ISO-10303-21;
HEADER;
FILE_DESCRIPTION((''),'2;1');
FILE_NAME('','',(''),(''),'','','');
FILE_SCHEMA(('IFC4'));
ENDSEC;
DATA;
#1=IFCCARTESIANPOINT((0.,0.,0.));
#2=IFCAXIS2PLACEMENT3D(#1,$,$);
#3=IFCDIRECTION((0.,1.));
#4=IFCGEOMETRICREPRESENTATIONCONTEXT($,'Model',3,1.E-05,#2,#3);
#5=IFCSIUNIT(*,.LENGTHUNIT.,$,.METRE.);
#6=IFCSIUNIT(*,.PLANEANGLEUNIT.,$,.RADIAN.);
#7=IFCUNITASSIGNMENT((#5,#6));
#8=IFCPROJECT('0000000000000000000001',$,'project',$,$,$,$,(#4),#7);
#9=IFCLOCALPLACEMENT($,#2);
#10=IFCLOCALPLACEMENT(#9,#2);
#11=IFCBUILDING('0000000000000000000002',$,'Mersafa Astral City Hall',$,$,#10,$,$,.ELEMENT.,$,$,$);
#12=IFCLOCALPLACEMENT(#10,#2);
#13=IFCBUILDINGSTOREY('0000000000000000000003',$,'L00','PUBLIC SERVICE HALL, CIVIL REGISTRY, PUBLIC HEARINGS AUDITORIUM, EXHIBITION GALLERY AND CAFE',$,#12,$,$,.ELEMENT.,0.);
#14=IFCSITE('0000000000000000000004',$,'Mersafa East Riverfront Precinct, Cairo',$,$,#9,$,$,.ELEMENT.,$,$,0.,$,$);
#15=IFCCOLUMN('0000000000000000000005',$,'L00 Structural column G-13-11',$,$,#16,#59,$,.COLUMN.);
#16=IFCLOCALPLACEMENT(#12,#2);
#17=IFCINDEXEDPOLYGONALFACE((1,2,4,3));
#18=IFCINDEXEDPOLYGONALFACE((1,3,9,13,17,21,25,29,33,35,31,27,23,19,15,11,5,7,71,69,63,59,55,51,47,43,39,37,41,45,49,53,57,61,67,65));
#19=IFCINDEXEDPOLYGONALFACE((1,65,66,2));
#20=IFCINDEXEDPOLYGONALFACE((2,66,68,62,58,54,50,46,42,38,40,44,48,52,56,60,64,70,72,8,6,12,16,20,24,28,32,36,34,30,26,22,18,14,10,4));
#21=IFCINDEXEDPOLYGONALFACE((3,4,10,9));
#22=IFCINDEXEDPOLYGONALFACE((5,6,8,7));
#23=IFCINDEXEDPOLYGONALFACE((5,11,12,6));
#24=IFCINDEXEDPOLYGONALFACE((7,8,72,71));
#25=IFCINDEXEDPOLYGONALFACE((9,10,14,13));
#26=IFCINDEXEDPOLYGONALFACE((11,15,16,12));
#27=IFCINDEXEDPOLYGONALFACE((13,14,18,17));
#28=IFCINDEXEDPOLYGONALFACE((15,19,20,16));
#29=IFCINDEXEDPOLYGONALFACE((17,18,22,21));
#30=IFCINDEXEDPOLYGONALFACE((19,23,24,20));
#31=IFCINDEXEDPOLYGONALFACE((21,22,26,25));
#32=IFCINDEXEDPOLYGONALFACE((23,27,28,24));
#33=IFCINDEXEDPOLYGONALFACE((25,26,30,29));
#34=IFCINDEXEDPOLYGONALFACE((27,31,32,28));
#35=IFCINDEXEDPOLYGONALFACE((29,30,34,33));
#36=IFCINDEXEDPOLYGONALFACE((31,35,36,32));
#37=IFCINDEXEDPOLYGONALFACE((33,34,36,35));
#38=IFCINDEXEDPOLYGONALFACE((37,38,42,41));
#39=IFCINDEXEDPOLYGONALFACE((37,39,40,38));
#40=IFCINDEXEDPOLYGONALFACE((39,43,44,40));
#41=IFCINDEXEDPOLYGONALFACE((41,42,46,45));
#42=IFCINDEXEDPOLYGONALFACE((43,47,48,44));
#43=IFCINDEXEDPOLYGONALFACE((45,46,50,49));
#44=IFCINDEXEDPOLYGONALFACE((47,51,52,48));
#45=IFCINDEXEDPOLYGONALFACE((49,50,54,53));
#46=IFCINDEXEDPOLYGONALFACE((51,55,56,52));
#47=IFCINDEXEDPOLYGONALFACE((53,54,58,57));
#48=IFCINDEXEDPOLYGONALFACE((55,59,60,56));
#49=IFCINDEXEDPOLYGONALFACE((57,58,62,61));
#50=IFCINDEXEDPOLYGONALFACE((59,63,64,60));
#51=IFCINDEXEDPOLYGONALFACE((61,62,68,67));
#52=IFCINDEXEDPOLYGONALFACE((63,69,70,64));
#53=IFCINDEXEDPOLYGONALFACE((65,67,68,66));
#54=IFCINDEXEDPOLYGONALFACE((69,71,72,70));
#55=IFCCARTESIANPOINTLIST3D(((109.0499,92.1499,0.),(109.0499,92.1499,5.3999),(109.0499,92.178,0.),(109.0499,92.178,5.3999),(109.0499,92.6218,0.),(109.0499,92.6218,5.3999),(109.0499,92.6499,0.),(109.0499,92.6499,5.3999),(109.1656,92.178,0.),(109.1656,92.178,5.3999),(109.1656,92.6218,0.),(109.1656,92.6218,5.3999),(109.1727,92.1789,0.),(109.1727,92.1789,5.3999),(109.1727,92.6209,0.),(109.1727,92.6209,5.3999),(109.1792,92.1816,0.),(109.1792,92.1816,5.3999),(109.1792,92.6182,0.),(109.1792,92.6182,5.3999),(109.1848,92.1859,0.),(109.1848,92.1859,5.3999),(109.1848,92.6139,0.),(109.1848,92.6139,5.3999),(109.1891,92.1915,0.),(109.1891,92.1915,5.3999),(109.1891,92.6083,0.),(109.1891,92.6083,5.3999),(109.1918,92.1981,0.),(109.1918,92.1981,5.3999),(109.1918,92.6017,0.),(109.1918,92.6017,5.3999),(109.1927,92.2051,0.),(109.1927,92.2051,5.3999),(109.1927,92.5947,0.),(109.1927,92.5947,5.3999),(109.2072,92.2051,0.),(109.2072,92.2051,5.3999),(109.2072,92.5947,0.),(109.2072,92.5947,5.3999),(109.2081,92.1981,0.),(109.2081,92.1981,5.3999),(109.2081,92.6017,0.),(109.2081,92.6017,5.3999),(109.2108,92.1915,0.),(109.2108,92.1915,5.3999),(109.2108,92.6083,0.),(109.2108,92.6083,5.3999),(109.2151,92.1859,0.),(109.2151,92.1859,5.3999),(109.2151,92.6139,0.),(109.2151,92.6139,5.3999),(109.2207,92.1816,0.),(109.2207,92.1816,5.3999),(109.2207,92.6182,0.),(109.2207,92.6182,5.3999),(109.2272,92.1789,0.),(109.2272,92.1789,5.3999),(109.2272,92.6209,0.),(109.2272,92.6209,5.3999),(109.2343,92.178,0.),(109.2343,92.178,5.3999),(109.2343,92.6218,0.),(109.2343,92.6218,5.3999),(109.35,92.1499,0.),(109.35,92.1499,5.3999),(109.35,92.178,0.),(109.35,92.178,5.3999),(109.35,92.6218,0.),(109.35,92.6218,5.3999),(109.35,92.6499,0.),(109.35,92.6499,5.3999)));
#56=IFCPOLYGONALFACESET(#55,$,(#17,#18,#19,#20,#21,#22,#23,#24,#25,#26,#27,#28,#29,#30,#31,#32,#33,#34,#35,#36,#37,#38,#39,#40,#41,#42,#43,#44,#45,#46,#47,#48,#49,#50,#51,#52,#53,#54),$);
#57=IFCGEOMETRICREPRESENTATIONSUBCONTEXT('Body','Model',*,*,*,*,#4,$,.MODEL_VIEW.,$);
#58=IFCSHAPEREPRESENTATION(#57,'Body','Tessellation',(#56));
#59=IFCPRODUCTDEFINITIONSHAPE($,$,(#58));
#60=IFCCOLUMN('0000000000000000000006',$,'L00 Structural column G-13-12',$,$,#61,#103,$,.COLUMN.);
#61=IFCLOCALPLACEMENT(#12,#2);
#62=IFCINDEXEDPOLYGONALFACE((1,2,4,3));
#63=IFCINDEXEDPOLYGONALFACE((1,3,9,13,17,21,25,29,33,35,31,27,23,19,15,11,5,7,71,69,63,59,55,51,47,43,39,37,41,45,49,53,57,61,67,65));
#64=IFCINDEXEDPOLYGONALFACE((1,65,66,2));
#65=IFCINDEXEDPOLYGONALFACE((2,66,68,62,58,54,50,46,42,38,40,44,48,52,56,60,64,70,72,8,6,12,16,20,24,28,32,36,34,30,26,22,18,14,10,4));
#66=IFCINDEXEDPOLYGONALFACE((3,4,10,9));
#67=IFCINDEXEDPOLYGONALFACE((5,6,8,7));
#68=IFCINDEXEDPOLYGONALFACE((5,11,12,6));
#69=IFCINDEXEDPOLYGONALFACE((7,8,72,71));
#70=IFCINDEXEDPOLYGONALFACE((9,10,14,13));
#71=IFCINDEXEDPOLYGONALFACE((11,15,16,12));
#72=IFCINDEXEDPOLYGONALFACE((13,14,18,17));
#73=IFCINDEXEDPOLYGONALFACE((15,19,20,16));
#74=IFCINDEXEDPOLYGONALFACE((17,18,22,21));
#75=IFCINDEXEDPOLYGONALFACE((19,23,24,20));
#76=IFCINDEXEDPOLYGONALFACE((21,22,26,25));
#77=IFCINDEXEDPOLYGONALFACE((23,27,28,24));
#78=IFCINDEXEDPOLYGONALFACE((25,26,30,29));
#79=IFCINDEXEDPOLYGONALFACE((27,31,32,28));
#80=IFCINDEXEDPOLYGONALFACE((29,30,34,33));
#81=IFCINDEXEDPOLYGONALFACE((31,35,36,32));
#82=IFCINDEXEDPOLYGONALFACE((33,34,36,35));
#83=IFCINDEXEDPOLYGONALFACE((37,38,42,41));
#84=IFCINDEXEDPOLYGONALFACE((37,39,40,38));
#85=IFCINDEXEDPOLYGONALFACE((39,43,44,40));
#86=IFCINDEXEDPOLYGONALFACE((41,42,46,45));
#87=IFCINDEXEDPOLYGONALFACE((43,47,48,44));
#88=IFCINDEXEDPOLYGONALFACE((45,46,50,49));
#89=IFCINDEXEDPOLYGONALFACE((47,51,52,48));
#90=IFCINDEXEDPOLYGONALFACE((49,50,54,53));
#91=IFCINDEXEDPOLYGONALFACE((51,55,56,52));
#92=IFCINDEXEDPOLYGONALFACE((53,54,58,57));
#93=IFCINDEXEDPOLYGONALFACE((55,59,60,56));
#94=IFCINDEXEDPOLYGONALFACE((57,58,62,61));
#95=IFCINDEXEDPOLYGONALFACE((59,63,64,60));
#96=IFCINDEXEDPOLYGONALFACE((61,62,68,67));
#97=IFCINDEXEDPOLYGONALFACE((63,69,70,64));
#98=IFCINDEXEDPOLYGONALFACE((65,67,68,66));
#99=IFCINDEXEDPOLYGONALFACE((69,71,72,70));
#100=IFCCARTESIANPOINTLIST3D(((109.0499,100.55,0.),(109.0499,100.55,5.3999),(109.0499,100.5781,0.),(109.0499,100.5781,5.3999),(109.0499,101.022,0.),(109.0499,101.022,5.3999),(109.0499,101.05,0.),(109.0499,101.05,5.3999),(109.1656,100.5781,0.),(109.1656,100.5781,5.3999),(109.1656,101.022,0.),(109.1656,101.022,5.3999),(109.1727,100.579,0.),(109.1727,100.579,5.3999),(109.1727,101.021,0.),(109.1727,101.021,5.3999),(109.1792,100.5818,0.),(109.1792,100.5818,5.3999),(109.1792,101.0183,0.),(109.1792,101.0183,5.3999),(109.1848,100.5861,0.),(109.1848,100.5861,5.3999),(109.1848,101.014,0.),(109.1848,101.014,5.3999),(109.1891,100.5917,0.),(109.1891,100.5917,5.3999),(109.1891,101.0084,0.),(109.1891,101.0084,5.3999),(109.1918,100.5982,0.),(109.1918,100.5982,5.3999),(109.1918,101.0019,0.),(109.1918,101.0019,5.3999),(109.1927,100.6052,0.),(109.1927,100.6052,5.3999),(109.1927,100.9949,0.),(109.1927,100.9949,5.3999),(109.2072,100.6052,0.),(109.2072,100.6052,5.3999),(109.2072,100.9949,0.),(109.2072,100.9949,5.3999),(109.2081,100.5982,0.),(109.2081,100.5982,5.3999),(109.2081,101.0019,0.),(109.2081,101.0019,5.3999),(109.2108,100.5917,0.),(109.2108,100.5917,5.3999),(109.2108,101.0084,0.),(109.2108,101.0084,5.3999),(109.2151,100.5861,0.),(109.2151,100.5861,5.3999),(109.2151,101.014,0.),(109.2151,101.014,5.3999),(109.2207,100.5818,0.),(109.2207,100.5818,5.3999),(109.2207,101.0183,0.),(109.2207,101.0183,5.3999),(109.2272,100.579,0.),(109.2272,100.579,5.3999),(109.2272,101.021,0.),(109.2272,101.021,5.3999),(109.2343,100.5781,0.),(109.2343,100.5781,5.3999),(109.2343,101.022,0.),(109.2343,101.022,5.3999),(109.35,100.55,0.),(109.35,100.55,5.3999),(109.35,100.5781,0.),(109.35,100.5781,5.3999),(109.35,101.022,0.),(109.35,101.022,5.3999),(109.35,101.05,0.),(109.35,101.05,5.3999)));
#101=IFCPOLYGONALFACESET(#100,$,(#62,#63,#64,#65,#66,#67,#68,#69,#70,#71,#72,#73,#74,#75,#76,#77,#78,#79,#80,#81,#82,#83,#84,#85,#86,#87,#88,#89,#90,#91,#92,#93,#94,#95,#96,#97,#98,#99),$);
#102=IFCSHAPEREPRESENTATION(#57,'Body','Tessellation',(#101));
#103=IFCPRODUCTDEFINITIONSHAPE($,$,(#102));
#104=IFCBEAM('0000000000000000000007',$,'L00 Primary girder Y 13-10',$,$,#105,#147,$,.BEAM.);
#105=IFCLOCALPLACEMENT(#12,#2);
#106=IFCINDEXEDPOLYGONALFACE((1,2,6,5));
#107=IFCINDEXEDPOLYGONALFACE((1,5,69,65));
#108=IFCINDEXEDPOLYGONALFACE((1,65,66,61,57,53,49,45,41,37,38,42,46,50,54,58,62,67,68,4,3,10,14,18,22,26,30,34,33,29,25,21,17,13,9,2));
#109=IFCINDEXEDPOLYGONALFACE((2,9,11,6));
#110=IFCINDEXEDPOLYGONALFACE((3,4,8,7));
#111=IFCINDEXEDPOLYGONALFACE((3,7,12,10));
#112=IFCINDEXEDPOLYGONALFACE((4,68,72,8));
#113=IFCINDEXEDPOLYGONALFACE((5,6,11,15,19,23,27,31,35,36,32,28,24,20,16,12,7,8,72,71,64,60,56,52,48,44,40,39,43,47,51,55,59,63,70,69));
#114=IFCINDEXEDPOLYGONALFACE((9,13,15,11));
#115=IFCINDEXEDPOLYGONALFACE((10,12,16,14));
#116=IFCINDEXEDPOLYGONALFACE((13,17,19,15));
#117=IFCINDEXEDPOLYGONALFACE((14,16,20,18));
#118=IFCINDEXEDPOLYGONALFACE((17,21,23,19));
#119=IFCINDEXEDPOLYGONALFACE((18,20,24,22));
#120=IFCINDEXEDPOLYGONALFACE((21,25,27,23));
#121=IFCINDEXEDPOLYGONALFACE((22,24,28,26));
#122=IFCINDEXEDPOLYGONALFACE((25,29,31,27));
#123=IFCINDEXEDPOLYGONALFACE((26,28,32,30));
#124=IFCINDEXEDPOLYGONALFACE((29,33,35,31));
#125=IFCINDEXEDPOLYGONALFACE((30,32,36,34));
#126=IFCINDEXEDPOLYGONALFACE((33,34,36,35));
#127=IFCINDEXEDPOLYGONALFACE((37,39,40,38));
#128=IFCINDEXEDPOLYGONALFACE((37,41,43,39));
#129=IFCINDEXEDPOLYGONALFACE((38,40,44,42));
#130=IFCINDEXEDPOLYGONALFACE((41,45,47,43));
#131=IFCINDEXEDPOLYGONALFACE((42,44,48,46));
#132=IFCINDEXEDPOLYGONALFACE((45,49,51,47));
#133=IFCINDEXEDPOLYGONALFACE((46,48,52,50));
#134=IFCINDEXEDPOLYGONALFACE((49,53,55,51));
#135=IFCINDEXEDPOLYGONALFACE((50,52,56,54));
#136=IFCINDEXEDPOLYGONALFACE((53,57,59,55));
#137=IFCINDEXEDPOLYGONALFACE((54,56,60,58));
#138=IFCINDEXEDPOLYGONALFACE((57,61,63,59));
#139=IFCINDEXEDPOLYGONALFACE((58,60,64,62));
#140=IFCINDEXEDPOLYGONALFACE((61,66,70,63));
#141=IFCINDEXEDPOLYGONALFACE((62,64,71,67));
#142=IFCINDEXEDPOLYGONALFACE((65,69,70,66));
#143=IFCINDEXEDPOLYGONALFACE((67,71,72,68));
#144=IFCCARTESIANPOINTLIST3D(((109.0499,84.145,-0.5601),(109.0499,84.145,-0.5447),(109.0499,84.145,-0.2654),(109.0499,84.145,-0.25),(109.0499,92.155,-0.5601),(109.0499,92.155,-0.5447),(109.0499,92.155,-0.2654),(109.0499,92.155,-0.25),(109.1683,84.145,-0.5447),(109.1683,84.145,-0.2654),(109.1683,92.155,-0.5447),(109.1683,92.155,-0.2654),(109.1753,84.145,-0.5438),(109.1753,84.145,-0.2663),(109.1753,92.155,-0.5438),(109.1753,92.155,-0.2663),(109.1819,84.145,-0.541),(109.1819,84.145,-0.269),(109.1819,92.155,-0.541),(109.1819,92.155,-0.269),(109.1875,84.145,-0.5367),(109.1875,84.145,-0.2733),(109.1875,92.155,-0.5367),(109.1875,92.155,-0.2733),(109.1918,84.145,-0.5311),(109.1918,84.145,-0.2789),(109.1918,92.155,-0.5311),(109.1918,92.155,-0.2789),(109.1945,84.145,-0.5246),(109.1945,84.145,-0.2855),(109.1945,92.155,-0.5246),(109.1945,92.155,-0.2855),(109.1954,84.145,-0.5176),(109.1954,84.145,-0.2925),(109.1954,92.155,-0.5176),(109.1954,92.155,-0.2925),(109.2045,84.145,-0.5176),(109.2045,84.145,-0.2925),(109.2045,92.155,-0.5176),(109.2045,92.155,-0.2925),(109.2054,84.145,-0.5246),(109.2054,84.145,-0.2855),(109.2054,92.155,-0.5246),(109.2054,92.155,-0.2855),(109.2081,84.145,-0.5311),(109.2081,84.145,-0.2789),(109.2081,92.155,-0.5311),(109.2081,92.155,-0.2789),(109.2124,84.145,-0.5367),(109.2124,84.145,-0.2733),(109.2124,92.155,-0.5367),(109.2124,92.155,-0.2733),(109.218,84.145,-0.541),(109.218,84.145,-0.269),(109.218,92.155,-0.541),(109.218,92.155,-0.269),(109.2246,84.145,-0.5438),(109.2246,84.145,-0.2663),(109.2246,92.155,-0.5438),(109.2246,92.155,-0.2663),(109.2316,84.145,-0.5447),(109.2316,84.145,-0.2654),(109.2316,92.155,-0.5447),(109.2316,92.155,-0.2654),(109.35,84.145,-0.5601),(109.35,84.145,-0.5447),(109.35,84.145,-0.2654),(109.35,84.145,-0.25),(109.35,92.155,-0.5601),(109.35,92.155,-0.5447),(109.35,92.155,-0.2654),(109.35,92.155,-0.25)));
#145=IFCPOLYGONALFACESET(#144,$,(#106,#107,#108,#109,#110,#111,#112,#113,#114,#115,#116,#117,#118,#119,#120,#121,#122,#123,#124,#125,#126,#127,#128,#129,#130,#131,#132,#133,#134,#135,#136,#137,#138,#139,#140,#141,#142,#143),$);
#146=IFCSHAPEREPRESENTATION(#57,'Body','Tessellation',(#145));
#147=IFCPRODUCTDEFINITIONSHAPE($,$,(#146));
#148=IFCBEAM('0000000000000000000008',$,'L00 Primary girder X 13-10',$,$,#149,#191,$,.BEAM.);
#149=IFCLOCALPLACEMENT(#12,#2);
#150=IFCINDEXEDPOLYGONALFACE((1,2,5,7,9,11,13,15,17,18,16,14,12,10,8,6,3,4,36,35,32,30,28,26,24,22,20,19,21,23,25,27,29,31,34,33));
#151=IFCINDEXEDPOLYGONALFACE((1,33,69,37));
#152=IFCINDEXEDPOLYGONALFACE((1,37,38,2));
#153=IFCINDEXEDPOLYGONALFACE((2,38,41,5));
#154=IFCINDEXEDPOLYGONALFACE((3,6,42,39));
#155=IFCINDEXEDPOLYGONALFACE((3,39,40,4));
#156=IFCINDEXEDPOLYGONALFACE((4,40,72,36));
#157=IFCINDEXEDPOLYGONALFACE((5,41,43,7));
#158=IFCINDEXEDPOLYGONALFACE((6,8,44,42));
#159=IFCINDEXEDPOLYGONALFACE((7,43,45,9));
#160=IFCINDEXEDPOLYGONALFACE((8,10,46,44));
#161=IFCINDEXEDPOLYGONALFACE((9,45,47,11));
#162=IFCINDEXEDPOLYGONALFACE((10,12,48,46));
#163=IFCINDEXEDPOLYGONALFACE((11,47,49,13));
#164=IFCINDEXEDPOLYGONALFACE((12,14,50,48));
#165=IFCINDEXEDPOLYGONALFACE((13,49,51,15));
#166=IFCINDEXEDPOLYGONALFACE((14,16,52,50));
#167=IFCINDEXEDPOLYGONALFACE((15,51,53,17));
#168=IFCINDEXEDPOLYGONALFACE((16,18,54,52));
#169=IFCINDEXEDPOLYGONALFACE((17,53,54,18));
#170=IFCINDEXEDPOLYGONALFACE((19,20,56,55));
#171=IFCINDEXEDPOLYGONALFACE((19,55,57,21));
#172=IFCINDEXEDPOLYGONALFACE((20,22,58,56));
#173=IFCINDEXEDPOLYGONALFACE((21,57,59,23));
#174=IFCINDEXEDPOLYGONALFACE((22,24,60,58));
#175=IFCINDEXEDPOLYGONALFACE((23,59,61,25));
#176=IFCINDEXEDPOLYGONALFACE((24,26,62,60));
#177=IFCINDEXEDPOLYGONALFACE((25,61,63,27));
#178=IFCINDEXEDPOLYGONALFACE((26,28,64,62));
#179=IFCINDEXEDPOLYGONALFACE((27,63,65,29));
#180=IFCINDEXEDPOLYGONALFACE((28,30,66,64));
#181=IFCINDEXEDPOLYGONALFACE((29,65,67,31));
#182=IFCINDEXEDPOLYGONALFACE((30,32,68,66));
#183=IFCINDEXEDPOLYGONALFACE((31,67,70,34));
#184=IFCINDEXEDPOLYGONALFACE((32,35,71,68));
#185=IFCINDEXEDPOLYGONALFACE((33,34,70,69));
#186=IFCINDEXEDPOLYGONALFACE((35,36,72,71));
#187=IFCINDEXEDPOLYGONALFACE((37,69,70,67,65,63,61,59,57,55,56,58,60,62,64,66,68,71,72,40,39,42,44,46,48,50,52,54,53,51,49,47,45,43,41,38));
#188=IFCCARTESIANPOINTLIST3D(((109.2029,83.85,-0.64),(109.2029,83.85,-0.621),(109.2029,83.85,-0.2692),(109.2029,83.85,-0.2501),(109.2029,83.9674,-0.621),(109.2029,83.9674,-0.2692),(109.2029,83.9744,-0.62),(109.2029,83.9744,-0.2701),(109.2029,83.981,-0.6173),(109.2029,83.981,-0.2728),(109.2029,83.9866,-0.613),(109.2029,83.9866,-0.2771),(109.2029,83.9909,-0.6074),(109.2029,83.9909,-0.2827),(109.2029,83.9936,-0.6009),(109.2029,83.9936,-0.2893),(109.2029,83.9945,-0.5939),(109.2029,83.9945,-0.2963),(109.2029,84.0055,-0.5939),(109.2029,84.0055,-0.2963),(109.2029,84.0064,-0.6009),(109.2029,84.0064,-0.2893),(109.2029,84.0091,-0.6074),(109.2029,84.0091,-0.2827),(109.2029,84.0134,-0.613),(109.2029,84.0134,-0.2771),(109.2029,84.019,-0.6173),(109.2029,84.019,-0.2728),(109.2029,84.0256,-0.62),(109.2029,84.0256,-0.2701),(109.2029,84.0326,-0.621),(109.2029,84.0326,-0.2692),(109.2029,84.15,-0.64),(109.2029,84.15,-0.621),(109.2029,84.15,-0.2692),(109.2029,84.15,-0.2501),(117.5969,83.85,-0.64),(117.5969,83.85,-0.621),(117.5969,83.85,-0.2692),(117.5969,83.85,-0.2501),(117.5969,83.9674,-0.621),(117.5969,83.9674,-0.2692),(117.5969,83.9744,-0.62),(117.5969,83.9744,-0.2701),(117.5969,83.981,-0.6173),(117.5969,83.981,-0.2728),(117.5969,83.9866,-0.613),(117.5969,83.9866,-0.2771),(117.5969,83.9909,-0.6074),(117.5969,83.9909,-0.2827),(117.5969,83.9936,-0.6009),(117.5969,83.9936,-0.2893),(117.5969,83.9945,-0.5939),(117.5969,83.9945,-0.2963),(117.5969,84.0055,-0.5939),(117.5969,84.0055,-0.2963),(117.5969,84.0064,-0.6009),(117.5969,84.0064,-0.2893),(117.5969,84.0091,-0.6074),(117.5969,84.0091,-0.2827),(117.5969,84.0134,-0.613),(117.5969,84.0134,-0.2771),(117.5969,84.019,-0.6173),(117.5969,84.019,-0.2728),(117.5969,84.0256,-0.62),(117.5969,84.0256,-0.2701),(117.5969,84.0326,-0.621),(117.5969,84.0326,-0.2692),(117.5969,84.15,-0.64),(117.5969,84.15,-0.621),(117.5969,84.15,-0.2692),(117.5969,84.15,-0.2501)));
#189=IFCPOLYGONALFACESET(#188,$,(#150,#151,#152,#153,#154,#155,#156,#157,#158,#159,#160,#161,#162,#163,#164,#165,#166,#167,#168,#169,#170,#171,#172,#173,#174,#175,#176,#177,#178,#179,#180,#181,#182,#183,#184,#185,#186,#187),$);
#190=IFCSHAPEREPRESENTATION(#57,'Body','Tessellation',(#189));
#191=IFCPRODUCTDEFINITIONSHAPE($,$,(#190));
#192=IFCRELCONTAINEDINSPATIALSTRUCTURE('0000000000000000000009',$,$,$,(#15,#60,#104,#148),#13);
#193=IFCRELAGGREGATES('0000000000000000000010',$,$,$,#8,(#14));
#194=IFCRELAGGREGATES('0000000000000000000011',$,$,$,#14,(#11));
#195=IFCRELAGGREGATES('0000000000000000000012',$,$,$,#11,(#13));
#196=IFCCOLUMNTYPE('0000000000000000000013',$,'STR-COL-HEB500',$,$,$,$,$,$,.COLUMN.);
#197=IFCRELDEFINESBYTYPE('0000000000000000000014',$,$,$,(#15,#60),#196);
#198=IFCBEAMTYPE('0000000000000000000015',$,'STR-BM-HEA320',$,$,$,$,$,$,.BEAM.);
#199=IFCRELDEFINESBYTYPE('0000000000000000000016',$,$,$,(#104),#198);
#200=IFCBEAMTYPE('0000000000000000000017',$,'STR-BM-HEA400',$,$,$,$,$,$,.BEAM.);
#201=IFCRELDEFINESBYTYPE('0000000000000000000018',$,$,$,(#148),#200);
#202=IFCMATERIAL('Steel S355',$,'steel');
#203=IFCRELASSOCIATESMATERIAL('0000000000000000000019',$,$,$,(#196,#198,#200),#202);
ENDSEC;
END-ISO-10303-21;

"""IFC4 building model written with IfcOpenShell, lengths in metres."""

from ifc_helpers import new_model, si_unit, direction, frame, origin, origin_2d, place, context, subcontext, project, spatial, i_section, extrude, material, material_profile, profile_set, type_object, element, save


model = new_model("IFC4")

# Units and contexts
model_context = context("Model", 3, precision=1e-05, world=origin(), true_north=direction((0.0, 1.0)))
body_context = subcontext(model_context, "Body", "Model", "MODEL_VIEW")
ifc_project = project(units=[si_unit("LENGTHUNIT", "METRE"), si_unit("PLANEANGLEUNIT", "RADIAN")], contexts=[model_context])

# Site, building, storey
site_placement = place(None, origin())
site = spatial("IfcSite", under=ifc_project, at=site_placement, Name="Mersafa East Riverfront Precinct, Cairo", CompositionType="ELEMENT", RefElevation=0.0)
building_placement = place(site_placement, origin())
building = spatial("IfcBuilding", under=site, at=building_placement, Name="Mersafa Astral City Hall", CompositionType="ELEMENT")
storey_placement = place(building_placement, origin())
storey = spatial("IfcBuildingStorey", under=building, at=storey_placement, Name="L00", Description="PUBLIC SERVICE HALL, CIVIL REGISTRY, PUBLIC HEARINGS AUDITORIUM, EXHIBITION GALLERY AND CAFE", CompositionType="ELEMENT", Elevation=0.0)

# Columns
ifc_material_1 = material(Name="Steel S355", Category="steel")
ifc_material_profile_1 = material_profile(ifc_material_1, i_section(OverallWidth=0.3, OverallDepth=0.5, WebThickness=0.0144, FlangeThickness=0.0281, FilletRadius=0.0271, at=origin_2d()), Name="HEB 500")
ifc_profile_set_1 = profile_set([ifc_material_profile_1], Name="Steel S355")
column_type = type_object("IfcColumnType", Name="STR-COL-HEB500", PredefinedType="COLUMN", material=ifc_profile_set_1)
for number, where, z_axis, x_axis, name in (
    (1, (109.2, 92.3999, 0.0), (0.0, 0.0, 1.0), (1.0, 0.0, 0.0), "L00 Structural column G-13-11"),
    (2, (109.2, 100.8, 0.0), (0.0, 0.0, 1.0), (1.0, 0.0, 0.0), "L00 Structural column G-13-12"),
):
    element("IfcColumn", number, at=place(storey_placement, frame(where, z_axis=z_axis, x_axis=x_axis)), inside=storey, type_object=column_type, Name=name, PredefinedType="COLUMN", context=body_context, shape_type="SweptSolid", body=[
        extrude(i_section(OverallWidth=0.3, OverallDepth=0.5, WebThickness=0.0144, FlangeThickness=0.0281, FilletRadius=0.0271, at=origin_2d()), origin(), (0.0, 0.0, 1.0), 5.3999),
    ])

# Beams
ifc_material_profile_2 = material_profile(ifc_material_1, i_section(OverallWidth=0.3, OverallDepth=0.3101, WebThickness=0.009, FlangeThickness=0.0154, FilletRadius=0.0271, at=origin_2d()), Name="HEA 320")
ifc_profile_set_2 = profile_set([ifc_material_profile_2], Name="Steel S355")
beam_type_1 = type_object("IfcBeamType", Name="STR-BM-HEA320", PredefinedType="BEAM", material=ifc_profile_set_2)
beam_1_placement = place(storey_placement, frame((109.2, 84.145, -0.405), z_axis=(0.0, 1.0, 0.0), x_axis=(-1.0, 0.0, 0.0)))
element("IfcBeam", 3, at=beam_1_placement, inside=storey, type_object=beam_type_1, Name="L00 Primary girder Y 13-10", PredefinedType="BEAM", context=body_context, shape_type="SweptSolid", body=[
    extrude(i_section(OverallWidth=0.3, OverallDepth=0.3101, WebThickness=0.009, FlangeThickness=0.0154, FilletRadius=0.0271, at=origin_2d()), origin(), (0.0, 0.0, 1.0), 8.01),
])
ifc_material_profile_3 = material_profile(ifc_material_1, i_section(OverallWidth=0.3, OverallDepth=0.3899, WebThickness=0.011, FlangeThickness=0.019, FilletRadius=0.0271, at=origin_2d()), Name="HEA 400")
ifc_profile_set_3 = profile_set([ifc_material_profile_3], Name="Steel S355")
beam_type_2 = type_object("IfcBeamType", Name="STR-BM-HEA400", PredefinedType="BEAM", material=ifc_profile_set_3)
beam_2_placement = place(storey_placement, frame((109.2029, 84.0, -0.4451), z_axis=(1.0, 0.0, 0.0), x_axis=(0.0, 1.0, 0.0)))
element("IfcBeam", 4, at=beam_2_placement, inside=storey, type_object=beam_type_2, Name="L00 Primary girder X 13-10", PredefinedType="BEAM", context=body_context, shape_type="SweptSolid", body=[
    extrude(i_section(OverallWidth=0.3, OverallDepth=0.3899, WebThickness=0.011, FlangeThickness=0.019, FilletRadius=0.0271, at=origin_2d()), origin(), (0.0, 0.0, 1.0), 8.394),
])

save(model, "model.ifc")
